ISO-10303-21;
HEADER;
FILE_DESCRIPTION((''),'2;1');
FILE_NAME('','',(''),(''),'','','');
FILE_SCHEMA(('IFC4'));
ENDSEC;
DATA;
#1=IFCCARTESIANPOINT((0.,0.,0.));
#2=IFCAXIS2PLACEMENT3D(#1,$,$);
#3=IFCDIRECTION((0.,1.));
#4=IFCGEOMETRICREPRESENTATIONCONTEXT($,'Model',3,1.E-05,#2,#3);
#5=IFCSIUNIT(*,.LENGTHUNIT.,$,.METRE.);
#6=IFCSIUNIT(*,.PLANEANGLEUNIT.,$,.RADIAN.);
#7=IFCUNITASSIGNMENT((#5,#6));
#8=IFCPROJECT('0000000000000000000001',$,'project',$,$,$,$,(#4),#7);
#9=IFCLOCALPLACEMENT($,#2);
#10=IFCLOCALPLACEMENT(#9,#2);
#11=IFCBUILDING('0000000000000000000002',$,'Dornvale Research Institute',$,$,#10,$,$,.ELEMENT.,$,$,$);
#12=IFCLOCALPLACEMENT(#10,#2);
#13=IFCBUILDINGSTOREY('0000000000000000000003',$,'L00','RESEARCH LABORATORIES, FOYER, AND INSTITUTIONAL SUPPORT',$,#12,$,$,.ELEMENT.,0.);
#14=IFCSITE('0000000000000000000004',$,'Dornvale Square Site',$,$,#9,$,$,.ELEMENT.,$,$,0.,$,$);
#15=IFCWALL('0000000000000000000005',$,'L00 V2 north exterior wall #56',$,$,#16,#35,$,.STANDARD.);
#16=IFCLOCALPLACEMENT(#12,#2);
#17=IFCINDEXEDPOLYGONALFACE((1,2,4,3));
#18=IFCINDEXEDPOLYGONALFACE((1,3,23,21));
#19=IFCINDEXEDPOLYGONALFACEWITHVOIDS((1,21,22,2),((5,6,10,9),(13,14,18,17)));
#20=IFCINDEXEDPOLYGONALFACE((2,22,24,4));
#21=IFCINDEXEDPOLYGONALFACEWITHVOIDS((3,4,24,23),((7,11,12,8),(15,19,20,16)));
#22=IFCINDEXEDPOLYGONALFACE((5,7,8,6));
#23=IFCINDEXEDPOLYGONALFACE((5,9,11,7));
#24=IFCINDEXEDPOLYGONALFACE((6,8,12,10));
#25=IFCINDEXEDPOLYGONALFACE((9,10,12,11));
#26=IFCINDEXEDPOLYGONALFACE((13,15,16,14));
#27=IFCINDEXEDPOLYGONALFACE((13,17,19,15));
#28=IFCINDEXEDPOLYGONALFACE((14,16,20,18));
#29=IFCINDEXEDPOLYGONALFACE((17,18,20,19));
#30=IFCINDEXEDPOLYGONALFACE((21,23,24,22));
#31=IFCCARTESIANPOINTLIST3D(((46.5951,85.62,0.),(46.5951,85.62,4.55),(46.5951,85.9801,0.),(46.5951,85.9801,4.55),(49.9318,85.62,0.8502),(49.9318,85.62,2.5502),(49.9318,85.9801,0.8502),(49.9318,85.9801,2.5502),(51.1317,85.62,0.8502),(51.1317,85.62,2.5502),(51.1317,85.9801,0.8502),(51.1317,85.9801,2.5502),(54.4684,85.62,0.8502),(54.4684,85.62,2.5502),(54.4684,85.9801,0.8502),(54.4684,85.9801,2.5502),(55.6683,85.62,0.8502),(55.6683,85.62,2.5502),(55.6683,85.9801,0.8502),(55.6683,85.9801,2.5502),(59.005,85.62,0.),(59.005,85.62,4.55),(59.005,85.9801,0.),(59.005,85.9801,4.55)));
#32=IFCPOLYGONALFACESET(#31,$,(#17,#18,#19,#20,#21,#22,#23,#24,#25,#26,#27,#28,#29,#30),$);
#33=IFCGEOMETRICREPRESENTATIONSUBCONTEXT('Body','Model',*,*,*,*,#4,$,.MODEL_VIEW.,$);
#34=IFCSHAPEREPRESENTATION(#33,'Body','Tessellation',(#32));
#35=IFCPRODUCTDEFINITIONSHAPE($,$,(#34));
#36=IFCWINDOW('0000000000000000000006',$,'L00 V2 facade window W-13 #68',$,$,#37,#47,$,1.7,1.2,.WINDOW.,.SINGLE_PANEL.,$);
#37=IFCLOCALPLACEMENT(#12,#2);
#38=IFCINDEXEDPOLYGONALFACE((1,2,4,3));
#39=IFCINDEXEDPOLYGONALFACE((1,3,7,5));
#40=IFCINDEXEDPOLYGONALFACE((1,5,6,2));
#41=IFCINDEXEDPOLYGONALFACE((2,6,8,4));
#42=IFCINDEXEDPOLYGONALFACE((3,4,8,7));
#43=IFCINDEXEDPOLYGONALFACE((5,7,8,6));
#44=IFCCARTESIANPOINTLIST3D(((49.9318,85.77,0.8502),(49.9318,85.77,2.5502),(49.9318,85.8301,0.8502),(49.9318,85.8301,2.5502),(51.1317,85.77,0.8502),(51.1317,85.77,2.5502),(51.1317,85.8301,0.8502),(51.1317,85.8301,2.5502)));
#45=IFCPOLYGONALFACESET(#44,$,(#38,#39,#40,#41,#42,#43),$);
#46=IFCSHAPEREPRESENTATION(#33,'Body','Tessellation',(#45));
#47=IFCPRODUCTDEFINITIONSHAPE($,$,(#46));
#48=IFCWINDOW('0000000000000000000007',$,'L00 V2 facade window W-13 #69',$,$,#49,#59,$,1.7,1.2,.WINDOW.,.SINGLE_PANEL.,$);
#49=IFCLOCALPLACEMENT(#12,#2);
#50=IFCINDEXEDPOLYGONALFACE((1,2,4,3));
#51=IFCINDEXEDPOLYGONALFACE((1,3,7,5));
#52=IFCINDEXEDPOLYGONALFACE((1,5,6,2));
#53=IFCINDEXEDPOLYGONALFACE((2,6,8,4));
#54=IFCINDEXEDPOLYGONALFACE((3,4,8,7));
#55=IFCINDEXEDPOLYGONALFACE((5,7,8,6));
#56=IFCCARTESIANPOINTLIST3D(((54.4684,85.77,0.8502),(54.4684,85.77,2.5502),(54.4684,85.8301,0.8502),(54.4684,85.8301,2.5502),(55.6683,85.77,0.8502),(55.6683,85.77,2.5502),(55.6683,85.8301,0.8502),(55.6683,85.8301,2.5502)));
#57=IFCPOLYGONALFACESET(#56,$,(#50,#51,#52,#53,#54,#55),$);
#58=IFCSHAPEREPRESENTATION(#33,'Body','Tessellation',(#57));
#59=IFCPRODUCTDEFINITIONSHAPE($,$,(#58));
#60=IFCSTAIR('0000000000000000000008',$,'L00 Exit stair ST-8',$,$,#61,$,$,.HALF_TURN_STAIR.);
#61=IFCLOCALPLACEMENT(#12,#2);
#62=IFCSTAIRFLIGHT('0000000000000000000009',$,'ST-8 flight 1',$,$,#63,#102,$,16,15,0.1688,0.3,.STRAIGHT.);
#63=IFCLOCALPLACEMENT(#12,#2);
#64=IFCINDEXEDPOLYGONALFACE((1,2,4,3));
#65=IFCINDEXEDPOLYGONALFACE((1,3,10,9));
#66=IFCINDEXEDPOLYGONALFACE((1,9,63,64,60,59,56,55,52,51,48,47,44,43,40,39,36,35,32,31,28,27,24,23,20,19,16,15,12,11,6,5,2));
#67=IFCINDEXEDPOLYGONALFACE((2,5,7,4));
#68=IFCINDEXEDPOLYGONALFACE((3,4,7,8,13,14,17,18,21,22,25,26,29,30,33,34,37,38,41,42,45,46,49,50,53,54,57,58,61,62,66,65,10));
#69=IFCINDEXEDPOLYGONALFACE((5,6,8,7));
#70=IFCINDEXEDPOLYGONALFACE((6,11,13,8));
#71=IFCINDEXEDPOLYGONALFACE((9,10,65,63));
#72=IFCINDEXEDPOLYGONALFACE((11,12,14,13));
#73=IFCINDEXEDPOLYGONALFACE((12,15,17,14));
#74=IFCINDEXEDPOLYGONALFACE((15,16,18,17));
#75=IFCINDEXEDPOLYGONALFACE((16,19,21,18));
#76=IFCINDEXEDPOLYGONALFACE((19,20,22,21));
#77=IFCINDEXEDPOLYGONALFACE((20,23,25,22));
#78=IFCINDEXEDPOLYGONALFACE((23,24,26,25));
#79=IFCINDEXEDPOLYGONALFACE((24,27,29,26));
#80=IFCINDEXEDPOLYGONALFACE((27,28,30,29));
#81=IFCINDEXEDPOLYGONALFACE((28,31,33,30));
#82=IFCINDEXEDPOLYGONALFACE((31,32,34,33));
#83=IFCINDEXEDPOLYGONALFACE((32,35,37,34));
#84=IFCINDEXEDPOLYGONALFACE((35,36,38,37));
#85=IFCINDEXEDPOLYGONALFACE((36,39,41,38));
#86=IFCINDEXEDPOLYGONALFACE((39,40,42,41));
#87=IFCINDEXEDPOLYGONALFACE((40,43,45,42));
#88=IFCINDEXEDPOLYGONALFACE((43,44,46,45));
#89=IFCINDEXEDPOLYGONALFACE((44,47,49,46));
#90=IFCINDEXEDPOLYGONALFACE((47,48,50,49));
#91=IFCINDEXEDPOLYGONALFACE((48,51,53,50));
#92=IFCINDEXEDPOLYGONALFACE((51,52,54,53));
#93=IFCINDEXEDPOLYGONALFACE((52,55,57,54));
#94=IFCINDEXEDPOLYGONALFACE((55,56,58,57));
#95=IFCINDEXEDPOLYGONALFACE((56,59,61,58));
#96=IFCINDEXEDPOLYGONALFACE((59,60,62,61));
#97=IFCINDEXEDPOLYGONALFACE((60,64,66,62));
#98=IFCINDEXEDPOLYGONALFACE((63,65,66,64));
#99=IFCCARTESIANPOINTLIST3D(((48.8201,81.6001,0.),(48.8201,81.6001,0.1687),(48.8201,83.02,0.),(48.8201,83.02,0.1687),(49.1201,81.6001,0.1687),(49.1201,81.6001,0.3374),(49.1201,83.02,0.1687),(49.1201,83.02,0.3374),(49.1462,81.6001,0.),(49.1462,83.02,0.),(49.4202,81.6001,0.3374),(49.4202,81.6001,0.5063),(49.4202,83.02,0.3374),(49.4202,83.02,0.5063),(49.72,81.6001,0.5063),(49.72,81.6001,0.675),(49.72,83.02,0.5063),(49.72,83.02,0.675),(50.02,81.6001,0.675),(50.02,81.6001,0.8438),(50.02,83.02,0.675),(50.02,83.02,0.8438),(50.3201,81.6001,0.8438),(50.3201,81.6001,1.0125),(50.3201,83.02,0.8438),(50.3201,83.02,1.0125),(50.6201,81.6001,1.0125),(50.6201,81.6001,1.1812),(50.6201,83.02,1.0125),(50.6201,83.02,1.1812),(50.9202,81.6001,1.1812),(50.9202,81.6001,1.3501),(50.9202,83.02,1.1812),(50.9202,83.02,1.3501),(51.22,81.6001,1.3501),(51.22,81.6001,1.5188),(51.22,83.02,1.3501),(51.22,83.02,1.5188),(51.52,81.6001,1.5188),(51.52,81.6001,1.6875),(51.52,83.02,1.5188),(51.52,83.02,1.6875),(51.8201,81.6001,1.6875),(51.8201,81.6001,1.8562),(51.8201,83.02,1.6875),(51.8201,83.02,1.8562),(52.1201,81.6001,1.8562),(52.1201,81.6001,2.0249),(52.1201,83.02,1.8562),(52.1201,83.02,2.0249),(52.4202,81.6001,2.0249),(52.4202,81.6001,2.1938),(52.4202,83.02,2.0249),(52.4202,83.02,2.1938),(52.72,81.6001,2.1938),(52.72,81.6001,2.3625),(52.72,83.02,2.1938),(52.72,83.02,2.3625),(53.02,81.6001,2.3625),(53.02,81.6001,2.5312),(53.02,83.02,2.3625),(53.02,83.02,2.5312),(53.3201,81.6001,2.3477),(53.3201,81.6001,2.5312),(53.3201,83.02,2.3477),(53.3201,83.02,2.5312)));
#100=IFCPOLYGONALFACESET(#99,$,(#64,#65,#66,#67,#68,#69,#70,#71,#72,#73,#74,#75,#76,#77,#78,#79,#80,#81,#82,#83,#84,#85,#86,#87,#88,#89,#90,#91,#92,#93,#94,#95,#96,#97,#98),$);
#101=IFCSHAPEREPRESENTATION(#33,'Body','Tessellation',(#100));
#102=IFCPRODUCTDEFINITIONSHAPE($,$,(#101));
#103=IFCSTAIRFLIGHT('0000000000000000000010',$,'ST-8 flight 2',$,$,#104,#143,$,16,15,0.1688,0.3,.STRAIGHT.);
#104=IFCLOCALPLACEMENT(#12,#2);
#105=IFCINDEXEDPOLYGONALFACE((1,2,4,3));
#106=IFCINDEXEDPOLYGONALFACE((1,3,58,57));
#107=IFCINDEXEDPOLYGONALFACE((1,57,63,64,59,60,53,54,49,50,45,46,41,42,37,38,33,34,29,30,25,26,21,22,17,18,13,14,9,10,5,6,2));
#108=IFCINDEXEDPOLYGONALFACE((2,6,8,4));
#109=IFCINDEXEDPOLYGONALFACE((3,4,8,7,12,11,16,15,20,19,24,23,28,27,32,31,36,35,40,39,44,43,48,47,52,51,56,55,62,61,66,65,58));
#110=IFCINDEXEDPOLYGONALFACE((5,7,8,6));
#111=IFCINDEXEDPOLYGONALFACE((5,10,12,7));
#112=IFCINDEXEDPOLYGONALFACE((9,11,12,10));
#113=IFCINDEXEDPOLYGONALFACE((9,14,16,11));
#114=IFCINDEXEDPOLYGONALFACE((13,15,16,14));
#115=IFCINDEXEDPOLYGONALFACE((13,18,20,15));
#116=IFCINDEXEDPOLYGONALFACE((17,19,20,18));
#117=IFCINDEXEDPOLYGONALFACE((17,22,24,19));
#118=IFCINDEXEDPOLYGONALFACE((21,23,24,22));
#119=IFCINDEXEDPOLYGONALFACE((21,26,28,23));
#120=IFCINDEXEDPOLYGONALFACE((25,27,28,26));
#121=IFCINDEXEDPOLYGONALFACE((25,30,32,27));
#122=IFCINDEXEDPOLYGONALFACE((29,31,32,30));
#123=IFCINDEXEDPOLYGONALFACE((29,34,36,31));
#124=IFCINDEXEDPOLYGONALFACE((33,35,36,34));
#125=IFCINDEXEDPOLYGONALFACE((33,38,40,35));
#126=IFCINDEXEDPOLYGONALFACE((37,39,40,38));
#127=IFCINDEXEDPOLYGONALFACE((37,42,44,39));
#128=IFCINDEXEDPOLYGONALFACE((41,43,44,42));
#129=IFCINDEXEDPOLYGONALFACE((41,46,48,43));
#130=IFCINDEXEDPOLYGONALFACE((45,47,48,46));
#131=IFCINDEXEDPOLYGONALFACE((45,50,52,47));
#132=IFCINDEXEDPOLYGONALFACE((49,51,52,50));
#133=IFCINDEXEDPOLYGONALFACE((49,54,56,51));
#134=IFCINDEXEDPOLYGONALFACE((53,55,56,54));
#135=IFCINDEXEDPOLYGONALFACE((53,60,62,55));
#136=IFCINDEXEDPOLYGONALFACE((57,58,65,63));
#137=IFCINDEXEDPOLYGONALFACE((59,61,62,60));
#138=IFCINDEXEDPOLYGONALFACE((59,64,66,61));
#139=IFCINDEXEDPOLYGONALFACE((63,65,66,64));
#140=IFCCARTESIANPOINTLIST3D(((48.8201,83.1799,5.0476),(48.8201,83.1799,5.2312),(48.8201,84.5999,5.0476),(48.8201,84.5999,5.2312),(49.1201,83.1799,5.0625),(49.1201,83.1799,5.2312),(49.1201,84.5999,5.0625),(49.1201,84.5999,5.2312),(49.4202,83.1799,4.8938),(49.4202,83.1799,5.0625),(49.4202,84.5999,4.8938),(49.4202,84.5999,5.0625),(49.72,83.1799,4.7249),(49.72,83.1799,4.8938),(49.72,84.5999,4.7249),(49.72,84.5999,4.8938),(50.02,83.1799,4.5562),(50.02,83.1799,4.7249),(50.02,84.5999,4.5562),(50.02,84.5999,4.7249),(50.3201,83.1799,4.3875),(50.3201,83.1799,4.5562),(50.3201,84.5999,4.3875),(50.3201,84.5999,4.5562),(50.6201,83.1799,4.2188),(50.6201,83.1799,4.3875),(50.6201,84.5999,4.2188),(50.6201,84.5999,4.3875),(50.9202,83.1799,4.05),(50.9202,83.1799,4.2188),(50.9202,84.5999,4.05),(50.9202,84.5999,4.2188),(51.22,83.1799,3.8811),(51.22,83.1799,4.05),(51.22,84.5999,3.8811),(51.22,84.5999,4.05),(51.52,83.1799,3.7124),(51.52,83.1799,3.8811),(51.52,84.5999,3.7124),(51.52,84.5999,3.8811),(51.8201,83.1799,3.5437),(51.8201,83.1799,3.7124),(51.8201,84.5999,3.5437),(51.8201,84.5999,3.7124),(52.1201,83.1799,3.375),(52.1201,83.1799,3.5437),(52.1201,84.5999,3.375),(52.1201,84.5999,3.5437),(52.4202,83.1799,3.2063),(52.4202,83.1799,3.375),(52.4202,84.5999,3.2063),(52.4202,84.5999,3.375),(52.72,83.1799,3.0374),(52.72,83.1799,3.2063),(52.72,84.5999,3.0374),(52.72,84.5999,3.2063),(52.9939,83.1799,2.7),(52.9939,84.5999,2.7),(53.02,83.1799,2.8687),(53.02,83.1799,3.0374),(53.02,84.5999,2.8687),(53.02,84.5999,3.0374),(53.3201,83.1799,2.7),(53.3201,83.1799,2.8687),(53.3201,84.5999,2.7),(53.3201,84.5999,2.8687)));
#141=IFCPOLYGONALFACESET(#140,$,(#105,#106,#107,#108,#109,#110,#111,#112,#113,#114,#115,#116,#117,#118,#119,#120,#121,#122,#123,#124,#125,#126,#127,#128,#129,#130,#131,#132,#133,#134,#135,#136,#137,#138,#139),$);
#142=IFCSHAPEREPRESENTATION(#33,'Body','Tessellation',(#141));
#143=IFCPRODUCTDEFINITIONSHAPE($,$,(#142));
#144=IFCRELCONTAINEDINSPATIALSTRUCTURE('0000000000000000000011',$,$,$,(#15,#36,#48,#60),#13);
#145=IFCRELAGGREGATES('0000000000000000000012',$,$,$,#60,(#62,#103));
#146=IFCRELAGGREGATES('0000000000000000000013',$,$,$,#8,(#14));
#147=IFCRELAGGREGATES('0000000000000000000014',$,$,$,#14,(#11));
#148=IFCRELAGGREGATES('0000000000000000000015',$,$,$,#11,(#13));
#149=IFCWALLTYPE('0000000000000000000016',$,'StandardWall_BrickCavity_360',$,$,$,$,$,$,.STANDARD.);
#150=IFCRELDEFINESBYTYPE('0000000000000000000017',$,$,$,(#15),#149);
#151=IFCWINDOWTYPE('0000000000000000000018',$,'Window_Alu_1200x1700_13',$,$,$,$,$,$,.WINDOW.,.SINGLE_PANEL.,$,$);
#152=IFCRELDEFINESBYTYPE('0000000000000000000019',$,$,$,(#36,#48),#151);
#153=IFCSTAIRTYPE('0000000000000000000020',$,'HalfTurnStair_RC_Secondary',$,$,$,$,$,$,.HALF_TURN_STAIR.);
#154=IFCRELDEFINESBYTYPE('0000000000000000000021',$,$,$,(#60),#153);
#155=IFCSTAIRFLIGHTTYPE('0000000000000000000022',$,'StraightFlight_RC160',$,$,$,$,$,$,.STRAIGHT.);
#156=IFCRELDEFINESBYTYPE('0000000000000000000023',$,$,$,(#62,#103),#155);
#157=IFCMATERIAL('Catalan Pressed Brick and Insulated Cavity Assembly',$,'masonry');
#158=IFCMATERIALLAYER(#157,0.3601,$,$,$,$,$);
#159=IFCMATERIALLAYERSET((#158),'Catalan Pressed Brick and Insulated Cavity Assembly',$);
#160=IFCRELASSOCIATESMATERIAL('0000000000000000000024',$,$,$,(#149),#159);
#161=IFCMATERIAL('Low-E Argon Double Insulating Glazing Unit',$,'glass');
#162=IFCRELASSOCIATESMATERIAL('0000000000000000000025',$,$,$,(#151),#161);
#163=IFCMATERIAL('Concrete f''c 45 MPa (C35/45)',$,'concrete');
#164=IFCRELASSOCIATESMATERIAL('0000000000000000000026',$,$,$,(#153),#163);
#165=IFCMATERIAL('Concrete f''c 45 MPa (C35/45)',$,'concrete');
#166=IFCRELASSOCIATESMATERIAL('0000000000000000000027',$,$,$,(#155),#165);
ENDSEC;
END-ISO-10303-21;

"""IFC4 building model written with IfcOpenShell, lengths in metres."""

from ifc_helpers import new_model, si_unit, direction, frame, frame_2d, origin, place, context, subcontext, project, spatial, polyline, rectangle, outline, extrude, material, layer, layer_set, type_object, element, fill, aggregate, save


model = new_model("IFC4")

# Units and contexts
model_context = context("Model", 3, precision=1e-05, world=origin(), true_north=direction((0.0, 1.0)))
body_context = subcontext(model_context, "Body", "Model", "MODEL_VIEW")
ifc_project = project(units=[si_unit("LENGTHUNIT", "METRE"), si_unit("PLANEANGLEUNIT", "RADIAN")], contexts=[model_context])

# Site, building, storey
site_placement = place(None, origin())
site = spatial("IfcSite", under=ifc_project, at=site_placement, Name="Dornvale Square Site", CompositionType="ELEMENT", RefElevation=0.0)
building_placement = place(site_placement, origin())
building = spatial("IfcBuilding", under=site, at=building_placement, Name="Dornvale Research Institute", CompositionType="ELEMENT")
storey_placement = place(building_placement, origin())
storey = spatial("IfcBuildingStorey", under=building, at=storey_placement, Name="L00", Description="RESEARCH LABORATORIES, FOYER, AND INSTITUTIONAL SUPPORT", CompositionType="ELEMENT", Elevation=0.0)

# Wall, openings, windows
ifc_material_1 = material(Name="Catalan Pressed Brick and Insulated Cavity Assembly", Category="masonry")
ifc_layer_1 = layer(ifc_material_1, 0.3601)
ifc_layer_set_1 = layer_set([ifc_layer_1], Name="Catalan Pressed Brick and Insulated Cavity Assembly")
wall_type_1 = type_object("IfcWallType", Name="StandardWall_BrickCavity_360", PredefinedType="STANDARD", material=ifc_layer_set_1)
wall_1_placement = place(storey_placement, frame((46.595, 85.8, 0.0), z_axis=(0.0, 0.0, 1.0), x_axis=(1.0, 0.0, 0.0)))
wall_1 = element("IfcWall", 1, at=wall_1_placement, inside=storey, type_object=wall_type_1, Name="L00 V2 north exterior wall #56", PredefinedType="STANDARD", context=body_context, shape_type="SweptSolid", body=[
    extrude(rectangle(XDim=12.4099, YDim=0.3601, at=frame_2d((6.2051, 0.0))), origin(), (0.0, 0.0, 1.0), 4.55),
])
opening_1_placement = place(wall_1_placement, frame((3.3367, 0.0, 0.8501)))
opening_1 = element("IfcOpeningElement", 2, at=opening_1_placement, cuts=wall_1, PredefinedType="OPENING", context=body_context, shape_type="SweptSolid", body=[
    extrude(rectangle(XDim=1.2, YDim=1.7, at=frame_2d((0.6001, 0.8501))), frame((0.0, 0.1951, 0.0), z_axis=(0.0, -1.0, 0.0), x_axis=(1.0, 0.0, 0.0)), (0.0, 0.0, 1.0), 0.3901),
])
opening_2_placement = place(wall_1_placement, frame((7.8733, 0.0, 0.8501)))
opening_2 = element("IfcOpeningElement", 3, at=opening_2_placement, cuts=wall_1, PredefinedType="OPENING", context=body_context, shape_type="SweptSolid", body=[
    extrude(rectangle(XDim=1.2, YDim=1.7, at=frame_2d((0.6001, 0.8501))), frame((0.0, 0.1951, 0.0), z_axis=(0.0, -1.0, 0.0), x_axis=(1.0, 0.0, 0.0)), (0.0, 0.0, 1.0), 0.3901),
])
ifc_material_2 = material(Name="Low-E Argon Double Insulating Glazing Unit", Category="glass")
window_type = type_object("IfcWindowType", Name="Window_Alu_1200x1700_13", PartitioningType="SINGLE_PANEL", PredefinedType="WINDOW", material=ifc_material_2)
window_1_placement = place(opening_1_placement, origin())
window_1 = element("IfcWindow", 4, at=window_1_placement, inside=storey, type_object=window_type, Name="L00 V2 facade window W-13 #68", OverallHeight=1.7, OverallWidth=1.2, PartitioningType="SINGLE_PANEL", PredefinedType="WINDOW", context=body_context, shape_type="SweptSolid", body=[
    extrude(rectangle(XDim=1.2, YDim=1.7, at=frame_2d((0.6001, 0.8501))), frame((0.0, 0.03, 0.0), z_axis=(0.0, -1.0, 0.0), x_axis=(1.0, 0.0, 0.0)), (0.0, 0.0, 1.0), 0.0601),
])
fill(opening_1, window_1)
window_2_placement = place(opening_2_placement, origin())
window_2 = element("IfcWindow", 5, at=window_2_placement, inside=storey, type_object=window_type, Name="L00 V2 facade window W-13 #69", OverallHeight=1.7, OverallWidth=1.2, PartitioningType="SINGLE_PANEL", PredefinedType="WINDOW", context=body_context, shape_type="SweptSolid", body=[
    extrude(rectangle(XDim=1.2, YDim=1.7, at=frame_2d((0.6001, 0.8501))), frame((0.0, 0.03, 0.0), z_axis=(0.0, -1.0, 0.0), x_axis=(1.0, 0.0, 0.0)), (0.0, 0.0, 1.0), 0.0601),
])
fill(opening_2, window_2)

# Stair, stair flights
ifc_material_3 = material(Name="Concrete f'c 45 MPa (C35/45)", Category="concrete")
stair_type = type_object("IfcStairType", Name="HalfTurnStair_RC_Secondary", PredefinedType="HALF_TURN_STAIR", material=ifc_material_3)
stair_placement = place(storey_placement, origin())
stair = element("IfcStair", 6, at=stair_placement, inside=storey, type_object=stair_type, Name="L00 Exit stair ST-8", PredefinedType="HALF_TURN_STAIR")
ifc_material_4 = material(Name="Concrete f'c 45 MPa (C35/45)", Category="concrete")
stair_flight_type = type_object("IfcStairFlightType", Name="StraightFlight_RC160", PredefinedType="STRAIGHT", material=ifc_material_4)
stair_flight_1_placement = place(storey_placement, frame((48.8201, 82.3101, 0.0), z_axis=(0.0, 0.0, 1.0), x_axis=(1.0, 0.0, 0.0)))
stair_flight_1 = element("IfcStairFlight", 7, at=stair_flight_1_placement, type_object=stair_flight_type, Name="ST-8 flight 1", NumberOfRisers=16, NumberOfTreads=15, PredefinedType="STRAIGHT", RiserHeight=0.1688, TreadLength=0.3, context=body_context, shape_type="SweptSolid", body=[
    extrude(outline(polyline([(0.0, 0.0), (0.0, 0.1687), (0.3, 0.1687), (0.3, 0.3374), (0.6001, 0.3374), (0.6001, 0.5063), (0.8999, 0.5063), (0.8999, 0.675), (1.2, 0.675), (1.2, 0.8438), (1.5, 0.8438), (1.5, 1.0125), (1.8, 1.0125), (1.8, 1.1812), (2.1001, 1.1812), (2.1001, 1.3501), (2.3999, 1.3501), (2.3999, 1.5188), (2.7, 1.5188), (2.7, 1.6875), (3.0, 1.6875), (3.0, 1.8562), (3.3, 1.8562), (3.3, 2.0249), (3.6001, 2.0249), (3.6001, 2.1938), (3.8999, 2.1938), (3.8999, 2.3625), (4.2, 2.3625), (4.2, 2.5312), (4.5, 2.5312), (4.5, 2.7), (4.5, 2.3477), (0.3262, 0.0), (0.0, 0.0)])), frame((0.0, 0.71, 0.0), z_axis=(0.0, -1.0, 0.0), x_axis=(1.0, 0.0, 0.0)), (0.0, 0.0, 1.0), 1.4199),
])
stair_flight_2_placement = place(storey_placement, frame((53.3201, 83.8899, 2.7), z_axis=(0.0, 0.0, 1.0), x_axis=(-1.0, 0.0, 0.0)))
stair_flight_2 = element("IfcStairFlight", 8, at=stair_flight_2_placement, type_object=stair_flight_type, Name="ST-8 flight 2", NumberOfRisers=16, NumberOfTreads=15, PredefinedType="STRAIGHT", RiserHeight=0.1688, TreadLength=0.3, context=body_context, shape_type="SweptSolid", body=[
    extrude(outline(polyline([(0.0, 0.0), (0.0, 0.1687), (0.3, 0.1687), (0.3, 0.3374), (0.6001, 0.3374), (0.6001, 0.5063), (0.8999, 0.5063), (0.8999, 0.675), (1.2, 0.675), (1.2, 0.8438), (1.5, 0.8438), (1.5, 1.0125), (1.8, 1.0125), (1.8, 1.1812), (2.1001, 1.1812), (2.1001, 1.3501), (2.3999, 1.3501), (2.3999, 1.5188), (2.7, 1.5188), (2.7, 1.6875), (3.0, 1.6875), (3.0, 1.8562), (3.3, 1.8562), (3.3, 2.0249), (3.6001, 2.0249), (3.6001, 2.1938), (3.8999, 2.1938), (3.8999, 2.3625), (4.2, 2.3625), (4.2, 2.5312), (4.5, 2.5312), (4.5, 2.7), (4.5, 2.3477), (0.3262, 0.0), (0.0, 0.0)])), frame((0.0, 0.71, 0.0), z_axis=(0.0, -1.0, 0.0), x_axis=(1.0, 0.0, 0.0)), (0.0, 0.0, 1.0), 1.4199),
])
aggregate(stair, [stair_flight_1, stair_flight_2])

save(model, "model.ifc")
